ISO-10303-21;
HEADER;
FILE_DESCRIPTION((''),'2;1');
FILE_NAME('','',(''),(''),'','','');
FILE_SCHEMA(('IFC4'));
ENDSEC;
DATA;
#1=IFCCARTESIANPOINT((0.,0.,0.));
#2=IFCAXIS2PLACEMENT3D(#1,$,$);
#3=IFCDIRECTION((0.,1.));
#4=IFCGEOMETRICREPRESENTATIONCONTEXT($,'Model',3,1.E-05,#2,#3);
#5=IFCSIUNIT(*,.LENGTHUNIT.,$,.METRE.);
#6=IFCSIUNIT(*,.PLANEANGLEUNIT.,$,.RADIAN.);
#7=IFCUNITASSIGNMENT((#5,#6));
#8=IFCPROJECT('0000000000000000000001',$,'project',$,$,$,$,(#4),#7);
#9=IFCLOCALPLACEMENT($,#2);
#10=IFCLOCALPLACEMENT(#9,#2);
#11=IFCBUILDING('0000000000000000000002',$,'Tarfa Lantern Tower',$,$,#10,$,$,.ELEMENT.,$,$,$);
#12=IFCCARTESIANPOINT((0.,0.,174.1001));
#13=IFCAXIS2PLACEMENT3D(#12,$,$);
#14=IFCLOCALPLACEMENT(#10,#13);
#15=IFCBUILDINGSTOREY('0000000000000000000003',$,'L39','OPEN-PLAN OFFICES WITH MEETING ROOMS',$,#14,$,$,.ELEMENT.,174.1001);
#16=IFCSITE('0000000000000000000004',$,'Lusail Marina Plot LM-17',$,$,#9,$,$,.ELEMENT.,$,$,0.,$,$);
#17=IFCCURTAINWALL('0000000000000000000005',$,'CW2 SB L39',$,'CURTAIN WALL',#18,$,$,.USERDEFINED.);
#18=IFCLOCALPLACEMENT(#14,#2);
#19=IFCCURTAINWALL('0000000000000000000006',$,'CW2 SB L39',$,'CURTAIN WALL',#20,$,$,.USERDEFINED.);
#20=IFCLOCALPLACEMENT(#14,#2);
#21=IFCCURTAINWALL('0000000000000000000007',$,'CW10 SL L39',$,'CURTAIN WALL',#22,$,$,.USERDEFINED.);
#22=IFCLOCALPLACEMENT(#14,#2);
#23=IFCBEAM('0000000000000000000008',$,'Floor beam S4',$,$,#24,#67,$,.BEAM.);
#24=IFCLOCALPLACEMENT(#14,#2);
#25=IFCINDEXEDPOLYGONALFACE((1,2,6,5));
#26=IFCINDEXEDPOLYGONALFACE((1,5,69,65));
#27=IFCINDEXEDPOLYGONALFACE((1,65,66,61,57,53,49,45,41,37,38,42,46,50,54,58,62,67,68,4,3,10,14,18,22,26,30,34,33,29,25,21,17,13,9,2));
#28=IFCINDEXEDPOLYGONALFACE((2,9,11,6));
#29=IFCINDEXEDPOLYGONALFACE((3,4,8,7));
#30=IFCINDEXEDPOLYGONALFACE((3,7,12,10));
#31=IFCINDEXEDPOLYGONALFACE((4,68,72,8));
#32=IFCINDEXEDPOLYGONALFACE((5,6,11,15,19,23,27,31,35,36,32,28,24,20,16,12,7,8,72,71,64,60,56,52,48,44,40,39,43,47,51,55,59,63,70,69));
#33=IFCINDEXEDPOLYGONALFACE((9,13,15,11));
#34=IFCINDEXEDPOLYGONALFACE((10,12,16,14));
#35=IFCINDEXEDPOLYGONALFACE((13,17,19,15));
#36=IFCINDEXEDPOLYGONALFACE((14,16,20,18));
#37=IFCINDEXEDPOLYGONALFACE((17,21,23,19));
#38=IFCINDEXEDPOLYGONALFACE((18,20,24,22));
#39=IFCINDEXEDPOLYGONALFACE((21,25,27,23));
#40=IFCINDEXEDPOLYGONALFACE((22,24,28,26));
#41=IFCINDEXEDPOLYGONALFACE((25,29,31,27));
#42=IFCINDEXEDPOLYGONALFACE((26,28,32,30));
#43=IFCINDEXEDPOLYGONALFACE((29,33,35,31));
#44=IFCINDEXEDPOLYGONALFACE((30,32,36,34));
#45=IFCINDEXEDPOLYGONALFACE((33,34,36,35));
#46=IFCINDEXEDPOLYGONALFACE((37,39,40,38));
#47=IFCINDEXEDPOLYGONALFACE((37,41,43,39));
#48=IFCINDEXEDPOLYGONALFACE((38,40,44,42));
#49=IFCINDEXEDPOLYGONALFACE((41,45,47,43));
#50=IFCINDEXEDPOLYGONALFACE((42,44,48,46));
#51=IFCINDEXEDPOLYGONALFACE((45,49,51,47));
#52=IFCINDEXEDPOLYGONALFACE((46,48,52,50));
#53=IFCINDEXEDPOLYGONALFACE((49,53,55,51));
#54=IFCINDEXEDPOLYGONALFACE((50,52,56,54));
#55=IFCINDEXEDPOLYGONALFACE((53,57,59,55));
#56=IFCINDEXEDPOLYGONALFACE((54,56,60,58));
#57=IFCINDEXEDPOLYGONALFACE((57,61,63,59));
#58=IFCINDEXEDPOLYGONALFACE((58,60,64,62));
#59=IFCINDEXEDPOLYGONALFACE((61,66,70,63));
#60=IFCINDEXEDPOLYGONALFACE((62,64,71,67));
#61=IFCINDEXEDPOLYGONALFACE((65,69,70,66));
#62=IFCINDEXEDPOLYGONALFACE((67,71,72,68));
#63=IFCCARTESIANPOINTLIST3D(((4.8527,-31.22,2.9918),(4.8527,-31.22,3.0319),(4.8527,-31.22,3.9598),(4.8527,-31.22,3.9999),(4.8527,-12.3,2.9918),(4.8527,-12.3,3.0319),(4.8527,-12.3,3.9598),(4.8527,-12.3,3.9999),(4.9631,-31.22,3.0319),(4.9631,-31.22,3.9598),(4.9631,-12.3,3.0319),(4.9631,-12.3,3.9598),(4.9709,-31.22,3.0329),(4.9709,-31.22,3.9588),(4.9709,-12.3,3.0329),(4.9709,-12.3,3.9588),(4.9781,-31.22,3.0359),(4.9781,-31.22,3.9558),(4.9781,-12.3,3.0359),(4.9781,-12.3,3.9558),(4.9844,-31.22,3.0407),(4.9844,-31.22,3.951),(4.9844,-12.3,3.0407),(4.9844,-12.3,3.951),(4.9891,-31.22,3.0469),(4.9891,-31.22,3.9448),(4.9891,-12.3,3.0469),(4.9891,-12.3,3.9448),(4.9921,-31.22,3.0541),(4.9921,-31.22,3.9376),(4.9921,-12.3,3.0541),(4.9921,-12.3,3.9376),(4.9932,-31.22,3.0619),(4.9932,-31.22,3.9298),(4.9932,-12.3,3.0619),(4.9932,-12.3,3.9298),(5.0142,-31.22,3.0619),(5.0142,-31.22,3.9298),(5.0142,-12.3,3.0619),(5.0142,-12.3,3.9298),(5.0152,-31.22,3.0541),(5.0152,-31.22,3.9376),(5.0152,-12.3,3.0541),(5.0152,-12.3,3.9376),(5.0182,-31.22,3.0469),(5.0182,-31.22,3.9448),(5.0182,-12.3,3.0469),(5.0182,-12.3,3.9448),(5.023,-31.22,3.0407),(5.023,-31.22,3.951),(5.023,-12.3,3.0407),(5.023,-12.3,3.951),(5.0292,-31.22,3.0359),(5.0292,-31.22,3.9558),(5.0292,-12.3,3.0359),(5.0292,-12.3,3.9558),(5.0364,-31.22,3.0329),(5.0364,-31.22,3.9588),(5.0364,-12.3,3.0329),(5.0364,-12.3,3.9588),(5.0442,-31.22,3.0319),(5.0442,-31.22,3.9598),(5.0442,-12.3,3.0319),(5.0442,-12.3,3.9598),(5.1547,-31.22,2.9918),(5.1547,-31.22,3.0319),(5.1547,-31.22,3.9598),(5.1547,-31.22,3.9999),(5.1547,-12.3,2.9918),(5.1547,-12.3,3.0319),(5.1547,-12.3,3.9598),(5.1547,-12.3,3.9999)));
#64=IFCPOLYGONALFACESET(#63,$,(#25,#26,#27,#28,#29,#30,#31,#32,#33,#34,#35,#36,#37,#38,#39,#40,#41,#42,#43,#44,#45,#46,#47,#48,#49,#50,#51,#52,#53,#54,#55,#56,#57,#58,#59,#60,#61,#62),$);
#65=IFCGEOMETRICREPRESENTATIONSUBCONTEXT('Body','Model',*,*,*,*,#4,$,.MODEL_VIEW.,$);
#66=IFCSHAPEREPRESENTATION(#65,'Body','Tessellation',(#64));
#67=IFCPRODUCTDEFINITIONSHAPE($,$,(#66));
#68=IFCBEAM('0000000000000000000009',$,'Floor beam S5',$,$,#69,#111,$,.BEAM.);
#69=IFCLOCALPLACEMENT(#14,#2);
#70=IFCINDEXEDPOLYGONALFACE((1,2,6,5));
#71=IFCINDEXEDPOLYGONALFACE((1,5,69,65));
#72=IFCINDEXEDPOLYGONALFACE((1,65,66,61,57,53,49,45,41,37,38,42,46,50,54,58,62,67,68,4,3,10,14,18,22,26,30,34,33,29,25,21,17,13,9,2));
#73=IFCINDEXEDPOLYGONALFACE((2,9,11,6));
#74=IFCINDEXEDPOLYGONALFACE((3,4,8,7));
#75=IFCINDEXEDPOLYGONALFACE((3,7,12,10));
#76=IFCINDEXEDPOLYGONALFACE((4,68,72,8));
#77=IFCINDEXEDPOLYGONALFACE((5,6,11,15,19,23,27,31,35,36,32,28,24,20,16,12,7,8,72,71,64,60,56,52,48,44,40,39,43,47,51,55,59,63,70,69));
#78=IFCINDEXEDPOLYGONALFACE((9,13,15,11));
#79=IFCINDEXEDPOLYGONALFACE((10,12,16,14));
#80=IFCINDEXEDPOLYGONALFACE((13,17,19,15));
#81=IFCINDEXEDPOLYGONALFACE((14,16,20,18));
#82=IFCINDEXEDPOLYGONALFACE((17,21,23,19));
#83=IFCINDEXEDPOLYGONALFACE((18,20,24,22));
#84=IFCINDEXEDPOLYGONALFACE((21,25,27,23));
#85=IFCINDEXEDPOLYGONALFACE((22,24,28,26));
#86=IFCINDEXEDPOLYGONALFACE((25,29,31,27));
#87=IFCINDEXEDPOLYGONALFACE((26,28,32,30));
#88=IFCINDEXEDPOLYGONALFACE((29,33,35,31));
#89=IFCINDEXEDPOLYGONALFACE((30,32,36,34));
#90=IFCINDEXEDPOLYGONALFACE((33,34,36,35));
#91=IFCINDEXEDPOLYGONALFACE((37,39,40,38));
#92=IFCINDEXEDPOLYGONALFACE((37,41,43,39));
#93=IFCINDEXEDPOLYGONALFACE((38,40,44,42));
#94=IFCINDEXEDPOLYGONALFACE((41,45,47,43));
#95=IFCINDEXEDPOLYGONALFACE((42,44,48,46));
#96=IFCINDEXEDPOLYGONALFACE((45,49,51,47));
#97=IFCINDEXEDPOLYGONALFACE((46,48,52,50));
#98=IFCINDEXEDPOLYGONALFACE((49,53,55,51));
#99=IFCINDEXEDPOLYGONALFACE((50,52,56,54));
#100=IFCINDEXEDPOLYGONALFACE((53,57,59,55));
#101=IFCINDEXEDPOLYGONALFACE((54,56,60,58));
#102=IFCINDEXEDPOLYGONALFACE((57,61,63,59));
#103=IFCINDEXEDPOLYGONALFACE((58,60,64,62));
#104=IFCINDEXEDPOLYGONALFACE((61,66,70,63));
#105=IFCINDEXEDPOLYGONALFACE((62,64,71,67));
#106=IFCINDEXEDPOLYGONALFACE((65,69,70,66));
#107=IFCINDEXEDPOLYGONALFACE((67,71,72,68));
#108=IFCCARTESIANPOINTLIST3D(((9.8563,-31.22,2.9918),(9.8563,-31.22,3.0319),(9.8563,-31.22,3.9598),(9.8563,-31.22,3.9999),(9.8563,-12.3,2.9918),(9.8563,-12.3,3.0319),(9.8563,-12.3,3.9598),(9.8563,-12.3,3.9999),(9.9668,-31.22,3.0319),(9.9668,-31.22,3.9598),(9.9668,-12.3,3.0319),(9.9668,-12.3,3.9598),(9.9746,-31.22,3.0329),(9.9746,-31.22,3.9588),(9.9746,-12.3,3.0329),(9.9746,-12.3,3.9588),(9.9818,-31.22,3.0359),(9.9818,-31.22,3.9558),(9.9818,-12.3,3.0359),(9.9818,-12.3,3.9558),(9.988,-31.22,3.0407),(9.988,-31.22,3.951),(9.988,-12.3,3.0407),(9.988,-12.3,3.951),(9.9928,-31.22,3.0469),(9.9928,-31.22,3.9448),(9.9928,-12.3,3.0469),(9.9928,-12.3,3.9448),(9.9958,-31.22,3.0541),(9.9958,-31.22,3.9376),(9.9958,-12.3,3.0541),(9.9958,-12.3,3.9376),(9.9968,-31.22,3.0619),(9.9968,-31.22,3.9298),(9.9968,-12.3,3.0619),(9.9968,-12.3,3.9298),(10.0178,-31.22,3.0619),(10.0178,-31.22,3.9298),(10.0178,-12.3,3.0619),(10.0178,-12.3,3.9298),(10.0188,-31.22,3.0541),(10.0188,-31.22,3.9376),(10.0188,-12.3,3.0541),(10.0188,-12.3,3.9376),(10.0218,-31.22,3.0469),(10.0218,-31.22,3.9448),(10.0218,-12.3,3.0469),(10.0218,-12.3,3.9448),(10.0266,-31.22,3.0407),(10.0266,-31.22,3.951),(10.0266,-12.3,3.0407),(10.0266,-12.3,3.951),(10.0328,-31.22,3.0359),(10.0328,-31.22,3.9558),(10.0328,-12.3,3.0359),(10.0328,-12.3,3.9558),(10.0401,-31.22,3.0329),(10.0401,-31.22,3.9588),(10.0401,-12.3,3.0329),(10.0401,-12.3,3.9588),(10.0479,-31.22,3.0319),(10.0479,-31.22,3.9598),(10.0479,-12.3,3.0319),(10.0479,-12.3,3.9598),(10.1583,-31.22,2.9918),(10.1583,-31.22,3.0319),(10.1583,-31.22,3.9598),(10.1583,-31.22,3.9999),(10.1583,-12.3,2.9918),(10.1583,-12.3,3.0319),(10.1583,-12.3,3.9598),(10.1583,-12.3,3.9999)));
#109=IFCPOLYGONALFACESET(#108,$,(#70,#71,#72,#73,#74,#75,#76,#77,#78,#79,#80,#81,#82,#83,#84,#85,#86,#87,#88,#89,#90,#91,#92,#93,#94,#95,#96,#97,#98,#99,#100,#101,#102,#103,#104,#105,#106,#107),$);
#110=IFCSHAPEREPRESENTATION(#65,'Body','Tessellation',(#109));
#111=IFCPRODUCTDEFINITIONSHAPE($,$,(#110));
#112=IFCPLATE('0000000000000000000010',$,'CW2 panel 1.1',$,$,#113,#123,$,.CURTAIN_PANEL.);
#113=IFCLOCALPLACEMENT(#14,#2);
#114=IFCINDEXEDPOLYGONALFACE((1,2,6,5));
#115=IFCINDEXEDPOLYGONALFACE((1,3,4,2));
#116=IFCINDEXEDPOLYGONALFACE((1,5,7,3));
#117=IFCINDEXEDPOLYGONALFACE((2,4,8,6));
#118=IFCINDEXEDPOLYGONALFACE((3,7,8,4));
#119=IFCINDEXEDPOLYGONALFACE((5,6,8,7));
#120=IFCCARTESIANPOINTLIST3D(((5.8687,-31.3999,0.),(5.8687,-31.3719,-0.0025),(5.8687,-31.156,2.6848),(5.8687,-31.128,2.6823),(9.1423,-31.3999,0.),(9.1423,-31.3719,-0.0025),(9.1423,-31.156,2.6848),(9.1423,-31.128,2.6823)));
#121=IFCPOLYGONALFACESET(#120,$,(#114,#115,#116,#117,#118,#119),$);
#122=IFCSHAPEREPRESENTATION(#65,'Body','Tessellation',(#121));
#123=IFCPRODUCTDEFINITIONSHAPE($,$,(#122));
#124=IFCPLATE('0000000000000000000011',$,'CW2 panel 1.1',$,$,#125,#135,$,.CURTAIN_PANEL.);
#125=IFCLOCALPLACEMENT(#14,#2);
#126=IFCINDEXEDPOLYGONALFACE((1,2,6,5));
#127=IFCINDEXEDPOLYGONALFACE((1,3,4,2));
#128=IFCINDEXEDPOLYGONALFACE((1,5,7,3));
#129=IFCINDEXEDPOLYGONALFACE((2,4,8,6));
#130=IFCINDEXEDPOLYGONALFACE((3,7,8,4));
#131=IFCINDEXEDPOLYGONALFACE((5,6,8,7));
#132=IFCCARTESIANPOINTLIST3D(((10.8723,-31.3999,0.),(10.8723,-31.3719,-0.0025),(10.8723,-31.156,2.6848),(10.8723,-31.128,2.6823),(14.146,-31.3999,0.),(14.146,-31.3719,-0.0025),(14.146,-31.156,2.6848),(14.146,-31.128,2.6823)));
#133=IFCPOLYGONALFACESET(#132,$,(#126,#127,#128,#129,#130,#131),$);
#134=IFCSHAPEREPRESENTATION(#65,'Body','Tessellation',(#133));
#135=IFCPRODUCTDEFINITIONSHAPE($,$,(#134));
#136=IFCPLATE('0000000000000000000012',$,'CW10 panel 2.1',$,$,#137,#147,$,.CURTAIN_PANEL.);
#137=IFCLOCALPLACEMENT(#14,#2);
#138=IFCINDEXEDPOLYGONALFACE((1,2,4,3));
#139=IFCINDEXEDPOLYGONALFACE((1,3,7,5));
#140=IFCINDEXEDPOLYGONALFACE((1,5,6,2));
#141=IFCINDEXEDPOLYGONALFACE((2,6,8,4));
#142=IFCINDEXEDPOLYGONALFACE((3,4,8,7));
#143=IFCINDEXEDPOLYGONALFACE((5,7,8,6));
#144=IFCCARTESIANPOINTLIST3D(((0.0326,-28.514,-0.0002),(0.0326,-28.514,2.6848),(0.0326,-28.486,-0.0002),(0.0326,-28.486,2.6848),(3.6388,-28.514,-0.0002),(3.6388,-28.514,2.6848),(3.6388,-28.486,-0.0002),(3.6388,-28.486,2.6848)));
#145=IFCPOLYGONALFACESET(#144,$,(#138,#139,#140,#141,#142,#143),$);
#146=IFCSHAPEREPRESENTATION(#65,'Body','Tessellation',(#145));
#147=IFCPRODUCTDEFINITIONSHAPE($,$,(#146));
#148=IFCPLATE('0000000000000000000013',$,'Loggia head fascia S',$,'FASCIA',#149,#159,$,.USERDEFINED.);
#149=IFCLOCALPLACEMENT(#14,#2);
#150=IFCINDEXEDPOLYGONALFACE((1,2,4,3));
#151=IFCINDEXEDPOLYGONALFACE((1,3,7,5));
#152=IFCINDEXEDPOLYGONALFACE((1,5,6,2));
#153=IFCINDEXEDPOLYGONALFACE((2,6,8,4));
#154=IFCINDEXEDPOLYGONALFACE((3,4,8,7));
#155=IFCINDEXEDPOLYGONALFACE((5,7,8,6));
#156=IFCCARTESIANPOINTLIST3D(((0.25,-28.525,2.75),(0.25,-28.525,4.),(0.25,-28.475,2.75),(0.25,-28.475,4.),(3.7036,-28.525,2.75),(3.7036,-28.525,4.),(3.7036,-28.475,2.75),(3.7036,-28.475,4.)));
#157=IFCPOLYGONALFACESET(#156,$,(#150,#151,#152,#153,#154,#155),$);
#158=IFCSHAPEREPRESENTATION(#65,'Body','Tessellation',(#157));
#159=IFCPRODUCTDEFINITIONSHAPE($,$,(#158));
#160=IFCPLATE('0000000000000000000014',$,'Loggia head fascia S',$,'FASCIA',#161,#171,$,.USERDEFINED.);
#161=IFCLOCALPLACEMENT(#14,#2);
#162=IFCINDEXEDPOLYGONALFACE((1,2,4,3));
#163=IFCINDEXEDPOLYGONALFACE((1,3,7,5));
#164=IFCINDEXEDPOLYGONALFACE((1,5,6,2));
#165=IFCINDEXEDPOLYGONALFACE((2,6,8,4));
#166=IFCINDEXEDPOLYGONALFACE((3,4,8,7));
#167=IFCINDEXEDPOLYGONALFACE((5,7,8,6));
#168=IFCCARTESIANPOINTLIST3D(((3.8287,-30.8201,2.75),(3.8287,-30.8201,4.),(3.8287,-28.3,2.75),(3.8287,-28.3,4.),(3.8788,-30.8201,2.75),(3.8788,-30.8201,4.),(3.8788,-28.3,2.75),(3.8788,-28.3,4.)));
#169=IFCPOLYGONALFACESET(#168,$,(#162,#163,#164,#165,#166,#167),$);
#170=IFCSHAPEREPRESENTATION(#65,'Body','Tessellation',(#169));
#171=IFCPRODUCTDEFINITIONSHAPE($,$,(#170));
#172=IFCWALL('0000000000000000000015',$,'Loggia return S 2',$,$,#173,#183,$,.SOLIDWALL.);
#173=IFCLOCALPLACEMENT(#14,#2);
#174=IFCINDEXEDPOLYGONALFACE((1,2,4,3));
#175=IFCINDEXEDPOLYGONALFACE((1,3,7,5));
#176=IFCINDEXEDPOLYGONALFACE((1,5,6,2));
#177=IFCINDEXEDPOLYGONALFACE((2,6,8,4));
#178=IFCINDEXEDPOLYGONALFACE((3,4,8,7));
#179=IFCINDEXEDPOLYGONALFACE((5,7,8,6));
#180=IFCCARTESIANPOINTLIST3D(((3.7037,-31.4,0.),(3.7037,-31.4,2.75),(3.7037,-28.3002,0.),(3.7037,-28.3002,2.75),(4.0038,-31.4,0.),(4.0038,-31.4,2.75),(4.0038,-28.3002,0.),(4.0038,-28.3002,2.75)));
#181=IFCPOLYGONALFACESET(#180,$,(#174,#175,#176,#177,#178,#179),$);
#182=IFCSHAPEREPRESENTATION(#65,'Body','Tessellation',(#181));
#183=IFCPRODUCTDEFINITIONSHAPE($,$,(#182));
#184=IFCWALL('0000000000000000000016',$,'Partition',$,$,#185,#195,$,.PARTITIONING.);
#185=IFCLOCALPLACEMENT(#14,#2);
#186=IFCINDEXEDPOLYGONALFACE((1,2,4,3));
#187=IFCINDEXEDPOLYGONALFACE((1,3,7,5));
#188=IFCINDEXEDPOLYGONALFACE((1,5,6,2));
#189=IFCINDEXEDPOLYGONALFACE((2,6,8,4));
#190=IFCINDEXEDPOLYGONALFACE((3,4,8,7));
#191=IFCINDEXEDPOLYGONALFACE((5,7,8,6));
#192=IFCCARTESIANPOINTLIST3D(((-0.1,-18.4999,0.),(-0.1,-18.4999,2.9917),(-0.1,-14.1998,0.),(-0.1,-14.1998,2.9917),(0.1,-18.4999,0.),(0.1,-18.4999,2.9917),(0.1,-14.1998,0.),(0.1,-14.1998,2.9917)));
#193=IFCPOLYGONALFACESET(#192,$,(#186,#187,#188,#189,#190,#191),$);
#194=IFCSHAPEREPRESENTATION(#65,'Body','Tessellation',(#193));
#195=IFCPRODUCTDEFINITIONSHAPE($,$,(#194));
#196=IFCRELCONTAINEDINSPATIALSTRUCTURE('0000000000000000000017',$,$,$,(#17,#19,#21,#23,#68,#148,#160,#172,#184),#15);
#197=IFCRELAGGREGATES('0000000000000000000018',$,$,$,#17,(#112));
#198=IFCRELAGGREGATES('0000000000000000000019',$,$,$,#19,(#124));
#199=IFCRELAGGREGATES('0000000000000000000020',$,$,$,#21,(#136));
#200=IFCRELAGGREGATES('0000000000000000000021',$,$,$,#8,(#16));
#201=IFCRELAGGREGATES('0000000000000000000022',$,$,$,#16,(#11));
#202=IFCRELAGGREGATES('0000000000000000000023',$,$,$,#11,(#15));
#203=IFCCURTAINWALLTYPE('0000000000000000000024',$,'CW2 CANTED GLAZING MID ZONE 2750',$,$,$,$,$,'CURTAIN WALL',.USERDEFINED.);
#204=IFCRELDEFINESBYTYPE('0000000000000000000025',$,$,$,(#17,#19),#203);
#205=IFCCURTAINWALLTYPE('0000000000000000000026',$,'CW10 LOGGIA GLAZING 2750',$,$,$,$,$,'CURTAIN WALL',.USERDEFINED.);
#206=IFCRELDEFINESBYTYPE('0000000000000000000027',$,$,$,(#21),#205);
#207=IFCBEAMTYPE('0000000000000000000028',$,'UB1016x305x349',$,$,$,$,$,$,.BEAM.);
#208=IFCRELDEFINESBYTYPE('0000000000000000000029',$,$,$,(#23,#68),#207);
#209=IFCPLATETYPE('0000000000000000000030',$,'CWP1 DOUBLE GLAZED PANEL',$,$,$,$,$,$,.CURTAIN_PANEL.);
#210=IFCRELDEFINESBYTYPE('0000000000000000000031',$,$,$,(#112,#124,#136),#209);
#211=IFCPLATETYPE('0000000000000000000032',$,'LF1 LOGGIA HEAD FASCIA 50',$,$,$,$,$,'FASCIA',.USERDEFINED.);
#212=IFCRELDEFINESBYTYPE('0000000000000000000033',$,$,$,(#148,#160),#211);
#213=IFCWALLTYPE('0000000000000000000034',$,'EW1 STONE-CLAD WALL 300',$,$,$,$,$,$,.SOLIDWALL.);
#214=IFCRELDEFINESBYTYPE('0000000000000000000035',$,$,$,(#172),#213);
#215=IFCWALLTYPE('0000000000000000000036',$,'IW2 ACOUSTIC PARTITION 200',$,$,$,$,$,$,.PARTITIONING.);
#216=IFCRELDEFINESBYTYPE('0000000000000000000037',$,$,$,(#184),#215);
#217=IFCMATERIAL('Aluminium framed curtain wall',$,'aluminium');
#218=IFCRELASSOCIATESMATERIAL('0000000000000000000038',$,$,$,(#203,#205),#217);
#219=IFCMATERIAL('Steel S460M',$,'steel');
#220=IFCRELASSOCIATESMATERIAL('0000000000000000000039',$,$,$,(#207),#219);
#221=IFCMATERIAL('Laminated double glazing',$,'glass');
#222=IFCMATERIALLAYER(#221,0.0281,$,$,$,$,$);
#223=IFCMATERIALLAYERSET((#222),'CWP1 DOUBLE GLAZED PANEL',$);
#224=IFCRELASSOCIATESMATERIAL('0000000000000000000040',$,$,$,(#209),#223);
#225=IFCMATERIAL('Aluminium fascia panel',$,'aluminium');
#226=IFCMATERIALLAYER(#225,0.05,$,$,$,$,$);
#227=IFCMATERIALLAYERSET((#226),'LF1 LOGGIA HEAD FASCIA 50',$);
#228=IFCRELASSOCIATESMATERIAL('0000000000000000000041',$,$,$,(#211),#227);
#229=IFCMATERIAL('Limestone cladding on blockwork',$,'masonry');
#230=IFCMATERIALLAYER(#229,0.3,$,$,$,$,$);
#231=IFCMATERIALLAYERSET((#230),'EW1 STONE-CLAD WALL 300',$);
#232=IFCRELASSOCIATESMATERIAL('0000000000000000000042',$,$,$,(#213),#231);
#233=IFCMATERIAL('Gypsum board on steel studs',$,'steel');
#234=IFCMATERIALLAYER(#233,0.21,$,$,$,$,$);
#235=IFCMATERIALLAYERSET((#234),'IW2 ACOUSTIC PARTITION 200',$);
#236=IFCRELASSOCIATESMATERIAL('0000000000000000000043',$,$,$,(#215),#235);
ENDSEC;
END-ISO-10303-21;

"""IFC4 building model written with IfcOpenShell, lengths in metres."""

from ifc_helpers import new_model, si_unit, direction, frame, frame_2d, origin, origin_2d, place, context, subcontext, project, spatial, polyline, rectangle, i_section, outline, extrude, material, layer, layer_set, material_profile, profile_set, type_object, element, aggregate, save


model = new_model("IFC4")

# Units and contexts
model_context = context("Model", 3, precision=1e-05, world=origin(), true_north=direction((0.0, 1.0)))
body_context = subcontext(model_context, "Body", "Model", "MODEL_VIEW")
ifc_project = project(units=[si_unit("LENGTHUNIT", "METRE"), si_unit("PLANEANGLEUNIT", "RADIAN")], contexts=[model_context])

# Site, building, storey
site_placement = place(None, origin())
site = spatial("IfcSite", under=ifc_project, at=site_placement, Name="Lusail Marina Plot LM-17", CompositionType="ELEMENT", RefElevation=0.0)
building_placement = place(site_placement, origin())
building = spatial("IfcBuilding", under=site, at=building_placement, Name="Tarfa Lantern Tower", CompositionType="ELEMENT")
storey_placement = place(building_placement, frame((0.0, 0.0, 174.1001)))
storey = spatial("IfcBuildingStorey", under=building, at=storey_placement, Name="L39", Description="OPEN-PLAN OFFICES WITH MEETING ROOMS", CompositionType="ELEMENT", Elevation=174.1001)

# Curtain wall
ifc_material_1 = material(Name="Aluminium framed curtain wall", Category="aluminium")
curtain_wall_type_1 = type_object("IfcCurtainWallType", Name="CW2 CANTED GLAZING MID ZONE 2750", ElementType="CURTAIN WALL", PredefinedType="USERDEFINED", material=ifc_material_1)
curtain_wall_1_placement = place(storey_placement, origin())
curtain_wall_1 = element("IfcCurtainWall", 1, at=curtain_wall_1_placement, inside=storey, type_object=curtain_wall_type_1, Name="CW2 SB L39", ObjectType="CURTAIN WALL", PredefinedType="USERDEFINED")

# Curtain walls
curtain_wall_2_placement = place(storey_placement, origin())
curtain_wall_2 = element("IfcCurtainWall", 2, at=curtain_wall_2_placement, inside=storey, type_object=curtain_wall_type_1, Name="CW2 SB L39", ObjectType="CURTAIN WALL", PredefinedType="USERDEFINED")
curtain_wall_type_2 = type_object("IfcCurtainWallType", Name="CW10 LOGGIA GLAZING 2750", ElementType="CURTAIN WALL", PredefinedType="USERDEFINED", material=ifc_material_1)
curtain_wall_3_placement = place(storey_placement, origin())
curtain_wall_3 = element("IfcCurtainWall", 3, at=curtain_wall_3_placement, inside=storey, type_object=curtain_wall_type_2, Name="CW10 SL L39", ObjectType="CURTAIN WALL", PredefinedType="USERDEFINED")

# Beams
ifc_material_2 = material(Name="Steel S460M", Category="steel")
ifc_material_profile_1 = material_profile(ifc_material_2, i_section(OverallWidth=0.302, OverallDepth=1.0081, WebThickness=0.021, FlangeThickness=0.04, FilletRadius=0.03, at=origin_2d()), Name="UB1016x305x349")
ifc_profile_set_1 = profile_set([ifc_material_profile_1], Name="Steel S460M")
beam_type_1 = type_object("IfcBeamType", Name="UB1016x305x349", PredefinedType="BEAM", material=ifc_profile_set_1)
for number, where, z_axis, x_axis, name in (
    (4, (5.0037, -31.22, 3.4958), (0.0, 1.0, 0.0), (-1.0, 0.0, 0.0), "Floor beam S4"),
    (5, (10.0073, -31.22, 3.4958), (0.0, 1.0, 0.0), (-1.0, 0.0, 0.0), "Floor beam S5"),
):
    element("IfcBeam", number, at=place(storey_placement, frame(where, z_axis=z_axis, x_axis=x_axis)), inside=storey, type_object=beam_type_1, Name=name, PredefinedType="BEAM", context=body_context, shape_type="SweptSolid", body=[
        extrude(i_section(OverallWidth=0.302, OverallDepth=1.0081, WebThickness=0.021, FlangeThickness=0.04, FilletRadius=0.03, at=origin_2d()), origin(), (0.0, 0.0, 1.0), 18.9199),
    ])

# Plates
ifc_material_3 = material(Name="Laminated double glazing", Category="glass")
ifc_layer_1 = layer(ifc_material_3, 0.0281)
ifc_layer_set_1 = layer_set([ifc_layer_1], Name="CWP1 DOUBLE GLAZED PANEL")
plate_type_1 = type_object("IfcPlateType", Name="CWP1 DOUBLE GLAZED PANEL", PredefinedType="CURTAIN_PANEL", material=ifc_layer_set_1)
plate_1_placement = place(storey_placement, frame((5.8687, -31.3999, 0.0), z_axis=(0.0, -0.995899, 0.09047), x_axis=(1.0, 0.0, 0.0)))
plate_1 = element("IfcPlate", 6, at=plate_1_placement, type_object=plate_type_1, Name="CW2 panel 1.1", PredefinedType="CURTAIN_PANEL", context=body_context, shape_type="SweptSolid", body=[
    extrude(outline(polyline([(0.0, 0.0), (3.2737, 0.0), (3.2737, 2.6959), (0.0, 2.6959), (0.0, 0.0)])), origin(), (0.0, 0.0, -1.0), 0.0281),
])
aggregate(curtain_wall_1, [plate_1])
plate_2_placement = place(storey_placement, frame((10.8723, -31.3999, 0.0), z_axis=(0.0, -0.995899, 0.09047), x_axis=(1.0, 0.0, 0.0)))
plate_2 = element("IfcPlate", 7, at=plate_2_placement, type_object=plate_type_1, Name="CW2 panel 1.1", PredefinedType="CURTAIN_PANEL", context=body_context, shape_type="SweptSolid", body=[
    extrude(outline(polyline([(0.0, 0.0), (3.2737, 0.0), (3.2737, 2.6959), (0.0, 2.6959), (0.0, 0.0)])), origin(), (0.0, 0.0, -1.0), 0.0281),
])
aggregate(curtain_wall_2, [plate_2])
plate_3_placement = place(storey_placement, frame((1.8357, -28.5, -0.0002), z_axis=(0.0, 0.0, 1.0), x_axis=(1.0, 0.0, 0.0)))
plate_3 = element("IfcPlate", 8, at=plate_3_placement, type_object=plate_type_1, Name="CW10 panel 2.1", PredefinedType="CURTAIN_PANEL", context=body_context, shape_type="SweptSolid", body=[
    extrude(rectangle(XDim=3.6062, YDim=0.0281, at=origin_2d()), origin(), (0.0, 0.0, 1.0), 2.6851),
])
aggregate(curtain_wall_3, [plate_3])

# Plates
ifc_material_4 = material(Name="Aluminium fascia panel", Category="aluminium")
ifc_layer_2 = layer(ifc_material_4, 0.05)
ifc_layer_set_2 = layer_set([ifc_layer_2], Name="LF1 LOGGIA HEAD FASCIA 50")
plate_type_2 = type_object("IfcPlateType", Name="LF1 LOGGIA HEAD FASCIA 50", ElementType="FASCIA", PredefinedType="USERDEFINED", material=ifc_layer_set_2)
plate_4_placement = place(storey_placement, frame((1.9768, -28.5, 2.75), z_axis=(0.0, 0.0, 1.0), x_axis=(1.0, 0.0, 0.0)))
element("IfcPlate", 9, at=plate_4_placement, inside=storey, type_object=plate_type_2, Name="Loggia head fascia S", ObjectType="FASCIA", PredefinedType="USERDEFINED", context=body_context, shape_type="SweptSolid", body=[
    extrude(rectangle(XDim=3.4536, YDim=0.05, at=origin_2d()), origin(), (0.0, 0.0, 1.0), 1.25),
])
plate_5_placement = place(storey_placement, frame((3.8538, -29.5601, 2.75), z_axis=(0.0, 0.0, 1.0), x_axis=(0.0, 1.0, 0.0)))
element("IfcPlate", 10, at=plate_5_placement, inside=storey, type_object=plate_type_2, Name="Loggia head fascia S", ObjectType="FASCIA", PredefinedType="USERDEFINED", context=body_context, shape_type="SweptSolid", body=[
    extrude(rectangle(XDim=2.52, YDim=0.05, at=origin_2d()), origin(), (0.0, 0.0, 1.0), 1.25),
])

# Walls
ifc_material_5 = material(Name="Limestone cladding on blockwork", Category="masonry")
ifc_layer_3 = layer(ifc_material_5, 0.3)
ifc_layer_set_3 = layer_set([ifc_layer_3], Name="EW1 STONE-CLAD WALL 300")
wall_type_1 = type_object("IfcWallType", Name="EW1 STONE-CLAD WALL 300", PredefinedType="SOLIDWALL", material=ifc_layer_set_3)
wall_1_placement = place(storey_placement, frame((3.8538, -31.3999, 0.0), z_axis=(0.0, 0.0, 1.0), x_axis=(0.0, 1.0, 0.0)))
element("IfcWall", 11, at=wall_1_placement, inside=storey, type_object=wall_type_1, Name="Loggia return S 2", PredefinedType="SOLIDWALL", context=body_context, shape_type="SweptSolid", body=[
    extrude(rectangle(XDim=3.0999, YDim=0.3, at=frame_2d((1.5498, 0.0))), origin(), (0.0, 0.0, 1.0), 2.75),
])
ifc_material_6 = material(Name="Gypsum board on steel studs", Category="steel")
ifc_layer_4 = layer(ifc_material_6, 0.21)
ifc_layer_set_4 = layer_set([ifc_layer_4], Name="IW2 ACOUSTIC PARTITION 200")
wall_type_2 = type_object("IfcWallType", Name="IW2 ACOUSTIC PARTITION 200", PredefinedType="PARTITIONING", material=ifc_layer_set_4)
wall_2_placement = place(storey_placement, frame((0.0, -14.2, 0.0), z_axis=(0.0, 0.0, 1.0), x_axis=(0.0, -1.0, 0.0)))
element("IfcWall", 12, at=wall_2_placement, inside=storey, type_object=wall_type_2, Name="Partition", PredefinedType="PARTITIONING", context=body_context, shape_type="SweptSolid", body=[
    extrude(rectangle(XDim=4.3, YDim=0.2, at=frame_2d((2.1499, 0.0))), origin(), (0.0, 0.0, 1.0), 2.9917),
])

save(model, "model.ifc")
